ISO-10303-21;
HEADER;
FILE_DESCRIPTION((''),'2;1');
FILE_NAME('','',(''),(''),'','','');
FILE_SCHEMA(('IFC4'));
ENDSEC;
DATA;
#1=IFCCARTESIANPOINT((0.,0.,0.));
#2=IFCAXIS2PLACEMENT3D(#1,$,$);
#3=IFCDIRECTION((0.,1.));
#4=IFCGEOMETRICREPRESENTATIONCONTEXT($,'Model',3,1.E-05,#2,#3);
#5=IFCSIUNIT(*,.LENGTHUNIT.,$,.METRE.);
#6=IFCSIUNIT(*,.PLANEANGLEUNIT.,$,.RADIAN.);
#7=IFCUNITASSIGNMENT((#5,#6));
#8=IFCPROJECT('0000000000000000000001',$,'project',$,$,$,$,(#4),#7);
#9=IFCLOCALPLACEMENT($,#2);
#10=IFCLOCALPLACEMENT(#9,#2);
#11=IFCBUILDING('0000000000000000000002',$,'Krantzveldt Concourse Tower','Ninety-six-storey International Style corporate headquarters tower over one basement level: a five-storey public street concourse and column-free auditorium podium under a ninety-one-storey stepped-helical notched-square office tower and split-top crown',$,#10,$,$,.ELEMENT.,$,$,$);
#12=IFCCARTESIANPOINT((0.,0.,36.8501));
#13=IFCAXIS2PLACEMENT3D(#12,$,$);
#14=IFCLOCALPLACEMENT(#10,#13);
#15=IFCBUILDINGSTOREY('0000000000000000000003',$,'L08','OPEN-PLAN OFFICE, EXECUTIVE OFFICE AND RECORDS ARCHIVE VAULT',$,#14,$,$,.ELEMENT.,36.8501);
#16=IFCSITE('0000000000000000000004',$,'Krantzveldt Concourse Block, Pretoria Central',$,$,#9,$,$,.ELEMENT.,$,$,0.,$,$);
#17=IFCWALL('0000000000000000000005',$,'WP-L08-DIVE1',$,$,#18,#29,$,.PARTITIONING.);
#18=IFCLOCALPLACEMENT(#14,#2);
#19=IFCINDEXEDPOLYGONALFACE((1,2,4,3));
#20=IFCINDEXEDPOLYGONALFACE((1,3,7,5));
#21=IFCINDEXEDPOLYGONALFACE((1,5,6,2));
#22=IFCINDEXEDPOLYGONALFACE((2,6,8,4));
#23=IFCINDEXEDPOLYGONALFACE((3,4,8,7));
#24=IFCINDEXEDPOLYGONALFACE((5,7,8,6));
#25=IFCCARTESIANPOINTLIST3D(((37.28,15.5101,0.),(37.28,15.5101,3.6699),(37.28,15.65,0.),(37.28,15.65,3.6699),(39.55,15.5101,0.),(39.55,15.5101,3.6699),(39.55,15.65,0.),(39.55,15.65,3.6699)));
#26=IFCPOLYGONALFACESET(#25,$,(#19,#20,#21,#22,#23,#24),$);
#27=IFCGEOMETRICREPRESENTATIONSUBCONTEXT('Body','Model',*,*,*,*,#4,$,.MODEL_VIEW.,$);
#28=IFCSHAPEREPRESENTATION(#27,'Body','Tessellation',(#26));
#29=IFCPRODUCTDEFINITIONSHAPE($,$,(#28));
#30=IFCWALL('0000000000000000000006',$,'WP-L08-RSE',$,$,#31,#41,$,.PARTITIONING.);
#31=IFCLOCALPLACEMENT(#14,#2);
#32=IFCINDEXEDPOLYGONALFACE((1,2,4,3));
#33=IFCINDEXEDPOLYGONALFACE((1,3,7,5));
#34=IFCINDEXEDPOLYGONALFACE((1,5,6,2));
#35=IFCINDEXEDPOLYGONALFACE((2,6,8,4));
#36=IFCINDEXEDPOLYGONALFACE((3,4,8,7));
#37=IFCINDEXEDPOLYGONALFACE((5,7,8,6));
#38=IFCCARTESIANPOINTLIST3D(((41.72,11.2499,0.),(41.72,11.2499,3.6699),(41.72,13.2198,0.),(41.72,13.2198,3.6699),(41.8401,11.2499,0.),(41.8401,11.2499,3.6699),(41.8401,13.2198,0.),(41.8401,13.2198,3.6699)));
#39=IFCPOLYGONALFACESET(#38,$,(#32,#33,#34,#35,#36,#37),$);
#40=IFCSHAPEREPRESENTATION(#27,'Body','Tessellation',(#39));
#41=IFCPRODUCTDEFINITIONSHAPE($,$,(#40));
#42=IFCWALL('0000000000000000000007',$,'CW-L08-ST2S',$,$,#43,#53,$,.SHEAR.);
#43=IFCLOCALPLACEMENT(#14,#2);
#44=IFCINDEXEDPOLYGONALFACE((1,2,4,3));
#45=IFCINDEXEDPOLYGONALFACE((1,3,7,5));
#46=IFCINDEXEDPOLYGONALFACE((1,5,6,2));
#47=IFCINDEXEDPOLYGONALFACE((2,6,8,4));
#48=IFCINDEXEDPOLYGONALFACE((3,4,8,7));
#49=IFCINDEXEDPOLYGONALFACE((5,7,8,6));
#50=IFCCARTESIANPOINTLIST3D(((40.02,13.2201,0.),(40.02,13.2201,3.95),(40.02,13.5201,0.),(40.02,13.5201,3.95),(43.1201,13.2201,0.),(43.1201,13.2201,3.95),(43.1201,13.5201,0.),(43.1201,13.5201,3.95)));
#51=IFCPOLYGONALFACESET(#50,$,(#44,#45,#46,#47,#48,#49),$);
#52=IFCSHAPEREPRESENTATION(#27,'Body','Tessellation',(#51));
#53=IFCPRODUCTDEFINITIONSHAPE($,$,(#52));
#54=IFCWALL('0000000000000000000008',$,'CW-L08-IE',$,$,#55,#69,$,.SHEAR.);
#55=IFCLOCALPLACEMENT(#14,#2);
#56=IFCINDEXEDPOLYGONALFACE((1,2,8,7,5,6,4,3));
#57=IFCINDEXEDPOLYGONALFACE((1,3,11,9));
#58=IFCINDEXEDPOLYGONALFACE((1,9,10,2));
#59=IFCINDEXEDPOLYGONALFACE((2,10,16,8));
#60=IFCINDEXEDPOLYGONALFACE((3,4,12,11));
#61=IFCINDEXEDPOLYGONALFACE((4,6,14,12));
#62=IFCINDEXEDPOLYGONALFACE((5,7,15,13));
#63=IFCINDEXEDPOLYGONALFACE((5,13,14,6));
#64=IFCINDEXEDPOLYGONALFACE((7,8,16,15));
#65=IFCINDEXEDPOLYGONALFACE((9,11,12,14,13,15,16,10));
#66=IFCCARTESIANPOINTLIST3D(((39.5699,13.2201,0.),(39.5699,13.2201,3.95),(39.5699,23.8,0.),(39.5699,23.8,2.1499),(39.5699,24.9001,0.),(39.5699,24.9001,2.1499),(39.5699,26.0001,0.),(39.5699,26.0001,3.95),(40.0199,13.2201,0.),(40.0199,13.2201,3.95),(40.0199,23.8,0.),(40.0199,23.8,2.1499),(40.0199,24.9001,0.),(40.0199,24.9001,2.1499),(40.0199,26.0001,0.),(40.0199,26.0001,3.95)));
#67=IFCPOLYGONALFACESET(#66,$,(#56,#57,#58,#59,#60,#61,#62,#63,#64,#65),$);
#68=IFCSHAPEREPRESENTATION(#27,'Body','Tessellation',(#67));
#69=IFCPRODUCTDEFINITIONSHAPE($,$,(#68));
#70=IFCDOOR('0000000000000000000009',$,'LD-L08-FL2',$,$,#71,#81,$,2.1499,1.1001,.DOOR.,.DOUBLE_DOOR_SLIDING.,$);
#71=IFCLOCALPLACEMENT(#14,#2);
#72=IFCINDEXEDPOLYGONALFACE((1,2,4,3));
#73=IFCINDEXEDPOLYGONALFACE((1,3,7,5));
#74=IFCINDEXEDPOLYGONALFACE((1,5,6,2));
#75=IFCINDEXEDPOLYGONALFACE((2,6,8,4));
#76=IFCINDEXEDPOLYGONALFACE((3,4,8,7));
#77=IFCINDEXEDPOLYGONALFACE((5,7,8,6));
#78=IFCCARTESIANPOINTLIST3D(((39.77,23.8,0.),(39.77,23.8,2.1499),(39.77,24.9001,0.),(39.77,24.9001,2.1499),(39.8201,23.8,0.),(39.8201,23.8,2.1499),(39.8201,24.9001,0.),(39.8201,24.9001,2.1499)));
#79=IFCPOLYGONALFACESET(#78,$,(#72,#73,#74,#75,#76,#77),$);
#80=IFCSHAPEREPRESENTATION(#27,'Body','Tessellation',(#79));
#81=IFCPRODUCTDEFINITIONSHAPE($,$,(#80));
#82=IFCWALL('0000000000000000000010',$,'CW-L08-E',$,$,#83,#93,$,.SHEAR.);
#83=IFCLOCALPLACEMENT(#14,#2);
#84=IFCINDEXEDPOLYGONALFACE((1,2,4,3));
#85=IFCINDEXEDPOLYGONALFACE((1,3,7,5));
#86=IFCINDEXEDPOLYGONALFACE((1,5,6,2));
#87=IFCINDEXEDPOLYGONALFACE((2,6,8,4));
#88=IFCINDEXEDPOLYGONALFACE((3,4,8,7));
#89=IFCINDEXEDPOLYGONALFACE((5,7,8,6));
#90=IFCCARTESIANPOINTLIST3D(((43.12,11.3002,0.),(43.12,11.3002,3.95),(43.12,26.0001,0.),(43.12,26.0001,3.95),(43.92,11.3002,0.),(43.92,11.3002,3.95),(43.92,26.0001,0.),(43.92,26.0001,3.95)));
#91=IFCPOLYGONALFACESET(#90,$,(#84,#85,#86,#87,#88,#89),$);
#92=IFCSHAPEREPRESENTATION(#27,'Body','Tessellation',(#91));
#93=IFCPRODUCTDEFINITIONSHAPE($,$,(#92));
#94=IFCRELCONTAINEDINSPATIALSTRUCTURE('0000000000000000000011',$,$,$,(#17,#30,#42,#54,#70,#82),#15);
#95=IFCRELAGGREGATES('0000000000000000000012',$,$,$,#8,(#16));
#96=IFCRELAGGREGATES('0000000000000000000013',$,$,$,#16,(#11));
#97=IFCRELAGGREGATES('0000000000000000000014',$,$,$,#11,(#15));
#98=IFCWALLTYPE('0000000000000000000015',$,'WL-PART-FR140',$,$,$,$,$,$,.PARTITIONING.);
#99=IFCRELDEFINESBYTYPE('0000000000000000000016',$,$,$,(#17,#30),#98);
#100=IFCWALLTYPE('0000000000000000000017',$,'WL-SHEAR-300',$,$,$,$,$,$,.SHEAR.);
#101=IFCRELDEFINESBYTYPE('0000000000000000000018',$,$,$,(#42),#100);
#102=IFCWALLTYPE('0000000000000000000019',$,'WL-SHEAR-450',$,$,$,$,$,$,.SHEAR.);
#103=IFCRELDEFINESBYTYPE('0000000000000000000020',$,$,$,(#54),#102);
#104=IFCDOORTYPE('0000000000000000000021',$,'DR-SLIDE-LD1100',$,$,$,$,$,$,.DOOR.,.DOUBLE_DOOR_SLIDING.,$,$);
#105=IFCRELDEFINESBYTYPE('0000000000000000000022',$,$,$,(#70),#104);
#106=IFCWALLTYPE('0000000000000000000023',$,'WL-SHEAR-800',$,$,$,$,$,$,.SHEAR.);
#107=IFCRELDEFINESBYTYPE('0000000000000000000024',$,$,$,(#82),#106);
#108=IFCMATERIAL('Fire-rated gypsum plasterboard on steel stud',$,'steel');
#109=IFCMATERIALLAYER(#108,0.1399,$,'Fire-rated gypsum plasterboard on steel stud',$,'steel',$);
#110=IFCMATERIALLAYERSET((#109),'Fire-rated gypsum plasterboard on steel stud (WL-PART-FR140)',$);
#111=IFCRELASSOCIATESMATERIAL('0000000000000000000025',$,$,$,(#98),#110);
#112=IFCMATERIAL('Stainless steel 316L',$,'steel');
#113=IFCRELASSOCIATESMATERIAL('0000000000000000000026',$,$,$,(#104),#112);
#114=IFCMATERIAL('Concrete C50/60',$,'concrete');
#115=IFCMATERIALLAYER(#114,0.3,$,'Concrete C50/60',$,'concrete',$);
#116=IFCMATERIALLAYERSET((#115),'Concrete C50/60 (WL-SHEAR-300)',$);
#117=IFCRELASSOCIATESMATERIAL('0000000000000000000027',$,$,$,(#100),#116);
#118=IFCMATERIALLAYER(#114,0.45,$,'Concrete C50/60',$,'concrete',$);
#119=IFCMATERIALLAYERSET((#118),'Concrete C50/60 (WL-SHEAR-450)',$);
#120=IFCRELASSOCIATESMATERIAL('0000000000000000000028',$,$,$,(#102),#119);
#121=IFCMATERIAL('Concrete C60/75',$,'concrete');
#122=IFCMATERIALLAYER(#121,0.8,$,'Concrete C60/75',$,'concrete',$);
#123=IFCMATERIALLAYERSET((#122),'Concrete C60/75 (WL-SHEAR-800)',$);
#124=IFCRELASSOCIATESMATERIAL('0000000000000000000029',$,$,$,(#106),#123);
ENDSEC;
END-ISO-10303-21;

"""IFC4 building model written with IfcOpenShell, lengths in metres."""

from ifc_helpers import new_model, si_unit, direction, frame, frame_2d, origin, place, context, subcontext, project, spatial, rectangle, extrude, material, layer, layer_set, type_object, element, fill, save


model = new_model("IFC4")

# Units and contexts
model_context = context("Model", 3, precision=1e-05, world=origin(), true_north=direction((0.0, 1.0)))
body_context = subcontext(model_context, "Body", "Model", "MODEL_VIEW")
ifc_project = project(units=[si_unit("LENGTHUNIT", "METRE"), si_unit("PLANEANGLEUNIT", "RADIAN")], contexts=[model_context])

# Site, building, storey
site_placement = place(None, origin())
site = spatial("IfcSite", under=ifc_project, at=site_placement, Name="Krantzveldt Concourse Block, Pretoria Central", CompositionType="ELEMENT", RefElevation=0.0)
building_placement = place(site_placement, origin())
building = spatial("IfcBuilding", under=site, at=building_placement, Name="Krantzveldt Concourse Tower", Description="Ninety-six-storey International Style corporate headquarters tower over one basement level: a five-storey public street concourse and column-free auditorium podium under a ninety-one-storey stepped-helical notched-square office tower and split-top crown", CompositionType="ELEMENT")
storey_placement = place(building_placement, frame((0.0, 0.0, 36.8501)))
storey = spatial("IfcBuildingStorey", under=building, at=storey_placement, Name="L08", Description="OPEN-PLAN OFFICE, EXECUTIVE OFFICE AND RECORDS ARCHIVE VAULT", CompositionType="ELEMENT", Elevation=36.8501)

# Shared definitions
ifc_material_1 = material(Name="Fire-rated gypsum plasterboard on steel stud", Category="steel")

# Shared definitions
ifc_layer_1 = layer(ifc_material_1, 0.1399, Name="Fire-rated gypsum plasterboard on steel stud", Category="steel")
ifc_layer_set_1 = layer_set([ifc_layer_1], Name="Fire-rated gypsum plasterboard on steel stud (WL-PART-FR140)")
wall_type_1 = type_object("IfcWallType", Name="WL-PART-FR140", PredefinedType="PARTITIONING", material=ifc_layer_set_1)
ifc_material_2 = material(Name="Stainless steel 316L", Category="steel")
door_type_1 = type_object("IfcDoorType", Name="DR-SLIDE-LD1100", OperationType="DOUBLE_DOOR_SLIDING", PredefinedType="DOOR", material=ifc_material_2)

# Walls
wall_1_placement = place(storey_placement, frame((37.28, 15.5801, 0.0), z_axis=(0.0, 0.0, 1.0), x_axis=(1.0, 0.0, 0.0)))
element("IfcWall", 1, at=wall_1_placement, inside=storey, type_object=wall_type_1, Name="WP-L08-DIVE1", PredefinedType="PARTITIONING", context=body_context, shape_type="SweptSolid", body=[
    extrude(rectangle(XDim=2.27, YDim=0.1399, at=frame_2d((1.135, 0.0))), origin(), (0.0, 0.0, 1.0), 3.6699),
])
wall_2_placement = place(storey_placement, frame((41.78, 11.25, 0.0), z_axis=(0.0, 0.0, 1.0), x_axis=(0.0, 1.0, 0.0)))
element("IfcWall", 2, at=wall_2_placement, inside=storey, type_object=wall_type_1, Name="WP-L08-RSE", PredefinedType="PARTITIONING", context=body_context, shape_type="SweptSolid", body=[
    extrude(rectangle(XDim=1.97, YDim=0.1201, at=frame_2d((0.9849, 0.0))), origin(), (0.0, 0.0, 1.0), 3.6699),
])
ifc_material_3 = material(Name="Concrete C50/60", Category="concrete")
ifc_layer_2 = layer(ifc_material_3, 0.3, Name="Concrete C50/60", Category="concrete")
ifc_layer_set_2 = layer_set([ifc_layer_2], Name="Concrete C50/60 (WL-SHEAR-300)")
wall_type_2 = type_object("IfcWallType", Name="WL-SHEAR-300", PredefinedType="SHEAR", material=ifc_layer_set_2)
wall_3_placement = place(storey_placement, frame((40.02, 13.3701, 0.0), z_axis=(0.0, 0.0, 1.0), x_axis=(1.0, 0.0, 0.0)))
element("IfcWall", 3, at=wall_3_placement, inside=storey, type_object=wall_type_2, Name="CW-L08-ST2S", PredefinedType="SHEAR", context=body_context, shape_type="SweptSolid", body=[
    extrude(rectangle(XDim=3.1001, YDim=0.3, at=frame_2d((1.55, 0.0))), origin(), (0.0, 0.0, 1.0), 3.95),
])

# Wall, opening, door
ifc_layer_3 = layer(ifc_material_3, 0.45, Name="Concrete C50/60", Category="concrete")
ifc_layer_set_3 = layer_set([ifc_layer_3], Name="Concrete C50/60 (WL-SHEAR-450)")
wall_type_3 = type_object("IfcWallType", Name="WL-SHEAR-450", PredefinedType="SHEAR", material=ifc_layer_set_3)
wall_4_placement = place(storey_placement, frame((39.7949, 13.22, 0.0), z_axis=(0.0, 0.0, 1.0), x_axis=(0.0, 1.0, 0.0)))
wall_4 = element("IfcWall", 4, at=wall_4_placement, inside=storey, type_object=wall_type_3, Name="CW-L08-IE", PredefinedType="SHEAR", context=body_context, shape_type="SweptSolid", body=[
    extrude(rectangle(XDim=12.78, YDim=0.45, at=frame_2d((6.3901, 0.0))), origin(), (0.0, 0.0, 1.0), 3.95),
])
opening_1_placement = place(wall_4_placement, frame((10.5801, 0.0, 0.0)))
opening_1 = element("IfcOpeningElement", 5, at=opening_1_placement, cuts=wall_4, PredefinedType="OPENING", context=body_context, shape_type="SweptSolid", body=[
    extrude(rectangle(XDim=1.1001, YDim=2.1499, at=frame_2d((0.55, 1.075))), frame((0.0, 0.2349, 0.0), z_axis=(0.0, -1.0, 0.0), x_axis=(1.0, 0.0, 0.0)), (0.0, 0.0, 1.0), 0.47),
])
door_1_placement = place(opening_1_placement, origin())
door_1 = element("IfcDoor", 6, at=door_1_placement, inside=storey, type_object=door_type_1, Name="LD-L08-FL2", OperationType="DOUBLE_DOOR_SLIDING", OverallHeight=2.1499, OverallWidth=1.1001, PredefinedType="DOOR", context=body_context, shape_type="SweptSolid", body=[
    extrude(rectangle(XDim=1.1001, YDim=2.1499, at=frame_2d((0.55, 1.075))), frame((0.0, 0.0249, 0.0), z_axis=(0.0, -1.0, 0.0), x_axis=(1.0, 0.0, 0.0)), (0.0, 0.0, 1.0), 0.05),
])
fill(opening_1, door_1)

# Wall
ifc_material_4 = material(Name="Concrete C60/75", Category="concrete")
ifc_layer_4 = layer(ifc_material_4, 0.8, Name="Concrete C60/75", Category="concrete")
ifc_layer_set_4 = layer_set([ifc_layer_4], Name="Concrete C60/75 (WL-SHEAR-800)")
wall_type_4 = type_object("IfcWallType", Name="WL-SHEAR-800", PredefinedType="SHEAR", material=ifc_layer_set_4)
wall_5_placement = place(storey_placement, frame((43.52, 11.3, 0.0), z_axis=(0.0, 0.0, 1.0), x_axis=(0.0, 1.0, 0.0)))
element("IfcWall", 7, at=wall_5_placement, inside=storey, type_object=wall_type_4, Name="CW-L08-E", PredefinedType="SHEAR", context=body_context, shape_type="SweptSolid", body=[
    extrude(rectangle(XDim=14.7, YDim=0.8, at=frame_2d((7.3501, 0.0))), origin(), (0.0, 0.0, 1.0), 3.95),
])

save(model, "model.ifc")
